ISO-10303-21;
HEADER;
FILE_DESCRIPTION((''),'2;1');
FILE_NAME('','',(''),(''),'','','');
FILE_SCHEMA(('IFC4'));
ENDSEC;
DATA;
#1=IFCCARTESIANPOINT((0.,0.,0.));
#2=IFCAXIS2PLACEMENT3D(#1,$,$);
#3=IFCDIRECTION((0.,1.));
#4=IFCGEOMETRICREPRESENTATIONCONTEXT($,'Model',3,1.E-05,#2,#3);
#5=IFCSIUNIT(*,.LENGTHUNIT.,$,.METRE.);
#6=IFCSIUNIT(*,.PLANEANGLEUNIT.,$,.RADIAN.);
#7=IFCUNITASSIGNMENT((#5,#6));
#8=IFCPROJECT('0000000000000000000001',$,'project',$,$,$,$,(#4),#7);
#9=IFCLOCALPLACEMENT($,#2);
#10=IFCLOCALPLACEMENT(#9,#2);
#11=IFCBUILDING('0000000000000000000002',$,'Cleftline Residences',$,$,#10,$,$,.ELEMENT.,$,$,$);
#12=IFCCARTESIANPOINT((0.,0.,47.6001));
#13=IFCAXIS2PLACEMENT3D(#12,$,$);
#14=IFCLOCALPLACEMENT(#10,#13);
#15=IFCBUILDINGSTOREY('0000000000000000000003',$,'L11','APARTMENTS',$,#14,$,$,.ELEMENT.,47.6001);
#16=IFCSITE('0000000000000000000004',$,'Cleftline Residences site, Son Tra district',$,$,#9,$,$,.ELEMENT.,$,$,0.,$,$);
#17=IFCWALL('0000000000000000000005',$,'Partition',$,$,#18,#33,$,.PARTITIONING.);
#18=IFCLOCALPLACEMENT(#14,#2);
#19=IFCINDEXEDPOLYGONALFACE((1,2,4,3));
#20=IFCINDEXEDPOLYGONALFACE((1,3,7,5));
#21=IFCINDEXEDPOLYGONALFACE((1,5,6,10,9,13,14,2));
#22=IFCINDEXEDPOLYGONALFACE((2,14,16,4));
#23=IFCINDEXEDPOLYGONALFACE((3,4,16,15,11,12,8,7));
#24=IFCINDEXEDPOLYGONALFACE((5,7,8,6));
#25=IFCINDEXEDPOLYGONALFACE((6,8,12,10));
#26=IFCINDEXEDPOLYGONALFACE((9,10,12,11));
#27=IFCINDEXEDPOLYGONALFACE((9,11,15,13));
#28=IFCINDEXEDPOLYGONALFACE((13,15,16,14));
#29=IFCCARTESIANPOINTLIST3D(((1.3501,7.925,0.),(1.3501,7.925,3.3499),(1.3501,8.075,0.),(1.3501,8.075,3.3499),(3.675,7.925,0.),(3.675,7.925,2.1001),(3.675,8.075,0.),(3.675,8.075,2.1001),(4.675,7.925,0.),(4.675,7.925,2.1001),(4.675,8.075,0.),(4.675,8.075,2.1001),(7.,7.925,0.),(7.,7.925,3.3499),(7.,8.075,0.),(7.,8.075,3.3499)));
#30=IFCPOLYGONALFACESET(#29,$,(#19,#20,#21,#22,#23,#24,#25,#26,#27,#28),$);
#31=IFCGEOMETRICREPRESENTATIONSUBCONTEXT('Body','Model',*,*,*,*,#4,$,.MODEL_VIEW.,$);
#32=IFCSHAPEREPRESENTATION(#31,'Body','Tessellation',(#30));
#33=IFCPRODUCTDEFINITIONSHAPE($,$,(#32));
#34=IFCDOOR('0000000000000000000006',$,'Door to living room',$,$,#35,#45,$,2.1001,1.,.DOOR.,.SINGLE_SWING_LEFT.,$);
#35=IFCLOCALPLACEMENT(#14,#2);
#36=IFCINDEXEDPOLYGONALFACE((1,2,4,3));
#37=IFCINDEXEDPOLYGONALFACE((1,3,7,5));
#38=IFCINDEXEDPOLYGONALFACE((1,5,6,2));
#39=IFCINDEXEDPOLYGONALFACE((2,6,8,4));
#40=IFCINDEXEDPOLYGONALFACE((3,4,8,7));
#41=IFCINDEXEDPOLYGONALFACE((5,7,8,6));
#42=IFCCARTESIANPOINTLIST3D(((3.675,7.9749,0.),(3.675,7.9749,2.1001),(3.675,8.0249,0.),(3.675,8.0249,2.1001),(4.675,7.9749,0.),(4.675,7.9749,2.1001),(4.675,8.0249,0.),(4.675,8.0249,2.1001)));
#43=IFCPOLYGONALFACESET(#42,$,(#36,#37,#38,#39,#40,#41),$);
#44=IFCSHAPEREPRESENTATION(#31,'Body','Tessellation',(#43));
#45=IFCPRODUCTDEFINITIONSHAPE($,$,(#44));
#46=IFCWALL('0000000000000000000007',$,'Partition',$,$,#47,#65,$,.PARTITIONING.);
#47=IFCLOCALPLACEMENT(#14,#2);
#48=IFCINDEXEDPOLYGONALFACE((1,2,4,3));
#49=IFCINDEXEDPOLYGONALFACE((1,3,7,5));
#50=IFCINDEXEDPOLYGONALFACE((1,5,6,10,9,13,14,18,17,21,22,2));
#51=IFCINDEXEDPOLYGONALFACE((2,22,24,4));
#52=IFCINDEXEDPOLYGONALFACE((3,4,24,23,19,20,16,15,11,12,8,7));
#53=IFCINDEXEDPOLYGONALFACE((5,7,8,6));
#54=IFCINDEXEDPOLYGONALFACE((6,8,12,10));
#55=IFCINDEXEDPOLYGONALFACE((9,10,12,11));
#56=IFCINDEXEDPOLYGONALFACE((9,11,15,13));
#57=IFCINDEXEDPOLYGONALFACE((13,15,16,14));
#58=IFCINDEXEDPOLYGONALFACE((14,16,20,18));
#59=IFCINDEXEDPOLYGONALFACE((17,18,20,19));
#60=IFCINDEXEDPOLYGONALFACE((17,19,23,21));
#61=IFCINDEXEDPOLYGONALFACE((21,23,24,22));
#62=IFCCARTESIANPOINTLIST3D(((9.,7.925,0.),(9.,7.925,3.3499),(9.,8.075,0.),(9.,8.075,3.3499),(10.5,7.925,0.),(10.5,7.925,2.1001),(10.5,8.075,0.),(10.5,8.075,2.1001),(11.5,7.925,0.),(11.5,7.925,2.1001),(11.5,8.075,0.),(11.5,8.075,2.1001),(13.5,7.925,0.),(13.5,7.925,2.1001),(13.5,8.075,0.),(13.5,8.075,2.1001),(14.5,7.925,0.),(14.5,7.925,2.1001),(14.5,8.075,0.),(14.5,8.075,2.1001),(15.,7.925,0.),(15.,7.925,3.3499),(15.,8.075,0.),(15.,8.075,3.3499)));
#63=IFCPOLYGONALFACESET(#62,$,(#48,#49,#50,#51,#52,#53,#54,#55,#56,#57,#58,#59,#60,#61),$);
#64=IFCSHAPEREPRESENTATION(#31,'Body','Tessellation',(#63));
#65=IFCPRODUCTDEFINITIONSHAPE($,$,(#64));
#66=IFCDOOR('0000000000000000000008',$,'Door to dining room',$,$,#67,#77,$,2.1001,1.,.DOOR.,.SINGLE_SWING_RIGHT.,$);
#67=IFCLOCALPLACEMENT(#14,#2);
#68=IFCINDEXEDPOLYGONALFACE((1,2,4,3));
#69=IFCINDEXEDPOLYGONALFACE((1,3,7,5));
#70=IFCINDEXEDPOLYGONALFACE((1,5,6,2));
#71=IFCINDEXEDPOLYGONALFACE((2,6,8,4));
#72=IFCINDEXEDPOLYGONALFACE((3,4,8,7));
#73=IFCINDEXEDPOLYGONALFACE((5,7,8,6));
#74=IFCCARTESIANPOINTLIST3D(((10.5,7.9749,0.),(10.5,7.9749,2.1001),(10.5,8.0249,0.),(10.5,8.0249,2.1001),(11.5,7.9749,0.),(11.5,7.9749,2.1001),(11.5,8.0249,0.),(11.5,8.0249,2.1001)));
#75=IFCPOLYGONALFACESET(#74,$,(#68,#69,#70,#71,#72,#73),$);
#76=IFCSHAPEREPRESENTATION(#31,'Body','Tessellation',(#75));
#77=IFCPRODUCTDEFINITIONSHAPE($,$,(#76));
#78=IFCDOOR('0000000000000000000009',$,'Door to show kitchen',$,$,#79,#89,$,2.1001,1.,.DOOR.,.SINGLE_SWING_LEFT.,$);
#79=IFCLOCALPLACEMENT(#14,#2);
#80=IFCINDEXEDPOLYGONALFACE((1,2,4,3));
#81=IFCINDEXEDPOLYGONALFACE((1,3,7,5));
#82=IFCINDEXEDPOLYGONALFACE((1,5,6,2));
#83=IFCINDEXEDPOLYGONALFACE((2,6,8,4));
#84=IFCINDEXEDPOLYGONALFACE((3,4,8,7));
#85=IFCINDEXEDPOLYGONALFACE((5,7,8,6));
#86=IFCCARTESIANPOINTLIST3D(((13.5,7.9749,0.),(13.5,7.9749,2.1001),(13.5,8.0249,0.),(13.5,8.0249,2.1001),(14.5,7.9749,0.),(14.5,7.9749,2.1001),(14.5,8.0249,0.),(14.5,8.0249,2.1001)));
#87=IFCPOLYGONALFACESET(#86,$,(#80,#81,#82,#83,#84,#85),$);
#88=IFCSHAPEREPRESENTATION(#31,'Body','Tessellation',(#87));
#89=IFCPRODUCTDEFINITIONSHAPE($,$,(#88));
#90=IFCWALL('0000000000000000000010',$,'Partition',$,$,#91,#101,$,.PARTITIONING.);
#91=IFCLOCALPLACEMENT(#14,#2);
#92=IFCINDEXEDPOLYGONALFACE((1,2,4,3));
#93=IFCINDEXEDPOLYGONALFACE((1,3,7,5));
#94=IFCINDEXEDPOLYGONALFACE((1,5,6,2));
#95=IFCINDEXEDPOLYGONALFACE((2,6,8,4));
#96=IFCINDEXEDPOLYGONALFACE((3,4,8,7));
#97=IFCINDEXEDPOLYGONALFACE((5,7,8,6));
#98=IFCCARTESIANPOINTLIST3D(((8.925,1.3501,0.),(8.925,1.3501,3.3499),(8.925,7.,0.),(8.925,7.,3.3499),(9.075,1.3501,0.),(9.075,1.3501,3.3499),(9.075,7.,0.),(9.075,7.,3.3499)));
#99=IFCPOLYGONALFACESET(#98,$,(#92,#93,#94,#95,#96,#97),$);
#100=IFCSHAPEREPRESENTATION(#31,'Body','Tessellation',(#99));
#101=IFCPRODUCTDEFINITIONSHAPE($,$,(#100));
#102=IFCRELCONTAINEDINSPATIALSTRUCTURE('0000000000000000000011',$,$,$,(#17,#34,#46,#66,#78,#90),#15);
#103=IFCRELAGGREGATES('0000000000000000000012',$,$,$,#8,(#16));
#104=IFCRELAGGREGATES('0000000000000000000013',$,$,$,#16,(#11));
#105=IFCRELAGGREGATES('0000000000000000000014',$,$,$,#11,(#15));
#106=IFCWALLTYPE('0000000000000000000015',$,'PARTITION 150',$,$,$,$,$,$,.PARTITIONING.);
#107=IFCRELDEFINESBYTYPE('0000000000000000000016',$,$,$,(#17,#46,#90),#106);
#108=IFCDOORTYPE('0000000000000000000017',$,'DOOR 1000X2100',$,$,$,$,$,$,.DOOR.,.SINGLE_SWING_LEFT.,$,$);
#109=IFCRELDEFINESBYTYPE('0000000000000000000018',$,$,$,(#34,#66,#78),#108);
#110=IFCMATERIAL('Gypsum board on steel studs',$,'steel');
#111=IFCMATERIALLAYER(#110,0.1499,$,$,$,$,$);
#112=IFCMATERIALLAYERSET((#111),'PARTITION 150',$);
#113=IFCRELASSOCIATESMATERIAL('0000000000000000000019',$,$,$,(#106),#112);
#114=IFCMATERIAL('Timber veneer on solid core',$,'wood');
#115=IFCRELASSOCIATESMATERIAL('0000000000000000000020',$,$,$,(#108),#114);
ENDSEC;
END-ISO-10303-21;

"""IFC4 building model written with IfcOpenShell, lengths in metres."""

from ifc_helpers import new_model, si_unit, direction, frame, frame_2d, origin, place, context, subcontext, project, spatial, rectangle, extrude, material, layer, layer_set, type_object, element, fill, save


model = new_model("IFC4")

# Units and contexts
model_context = context("Model", 3, precision=1e-05, world=origin(), true_north=direction((0.0, 1.0)))
body_context = subcontext(model_context, "Body", "Model", "MODEL_VIEW")
ifc_project = project(units=[si_unit("LENGTHUNIT", "METRE"), si_unit("PLANEANGLEUNIT", "RADIAN")], contexts=[model_context])

# Site, building, storey
site_placement = place(None, origin())
site = spatial("IfcSite", under=ifc_project, at=site_placement, Name="Cleftline Residences site, Son Tra district", CompositionType="ELEMENT", RefElevation=0.0)
building_placement = place(site_placement, origin())
building = spatial("IfcBuilding", under=site, at=building_placement, Name="Cleftline Residences", CompositionType="ELEMENT")
storey_placement = place(building_placement, frame((0.0, 0.0, 47.6001)))
storey = spatial("IfcBuildingStorey", under=building, at=storey_placement, Name="L11", Description="APARTMENTS", CompositionType="ELEMENT", Elevation=47.6001)

# Wall, opening, door
ifc_material_1 = material(Name="Gypsum board on steel studs", Category="steel")
ifc_layer_1 = layer(ifc_material_1, 0.1499)
ifc_layer_set_1 = layer_set([ifc_layer_1], Name="PARTITION 150")
wall_type_1 = type_object("IfcWallType", Name="PARTITION 150", PredefinedType="PARTITIONING", material=ifc_layer_set_1)
wall_1_placement = place(storey_placement, frame((1.3501, 8.0, 0.0), z_axis=(0.0, 0.0, 1.0), x_axis=(1.0, 0.0, 0.0)))
wall_1 = element("IfcWall", 1, at=wall_1_placement, inside=storey, type_object=wall_type_1, Name="Partition", PredefinedType="PARTITIONING", context=body_context, shape_type="SweptSolid", body=[
    extrude(rectangle(XDim=5.6499, YDim=0.1499, at=frame_2d((2.825, 0.0))), origin(), (0.0, 0.0, 1.0), 3.3499),
])
opening_1_placement = place(wall_1_placement, frame((2.325, 0.0, 0.0)))
opening_1 = element("IfcOpeningElement", 2, at=opening_1_placement, cuts=wall_1, PredefinedType="OPENING", context=body_context, shape_type="SweptSolid", body=[
    extrude(rectangle(XDim=1.0, YDim=2.1001, at=frame_2d((0.5, 1.05))), frame((0.0, 0.085, 0.0), z_axis=(0.0, -1.0, 0.0), x_axis=(1.0, 0.0, 0.0)), (0.0, 0.0, 1.0), 0.1699),
])
ifc_material_2 = material(Name="Timber veneer on solid core", Category="wood")
door_type = type_object("IfcDoorType", Name="DOOR 1000X2100", OperationType="SINGLE_SWING_LEFT", PredefinedType="DOOR", material=ifc_material_2)
door_1_placement = place(opening_1_placement, origin())
door_1 = element("IfcDoor", 3, at=door_1_placement, inside=storey, type_object=door_type, Name="Door to living room", OperationType="SINGLE_SWING_LEFT", OverallHeight=2.1001, OverallWidth=1.0, PredefinedType="DOOR", context=body_context, shape_type="SweptSolid", body=[
    extrude(rectangle(XDim=1.0, YDim=2.1001, at=frame_2d((0.5, 1.05))), frame((0.0, 0.0249, 0.0), z_axis=(0.0, -1.0, 0.0), x_axis=(1.0, 0.0, 0.0)), (0.0, 0.0, 1.0), 0.05),
])
fill(opening_1, door_1)

# Wall, openings, doors
wall_2_placement = place(storey_placement, frame((9.0, 8.0, 0.0), z_axis=(0.0, 0.0, 1.0), x_axis=(1.0, 0.0, 0.0)))
wall_2 = element("IfcWall", 4, at=wall_2_placement, inside=storey, type_object=wall_type_1, Name="Partition", PredefinedType="PARTITIONING", context=body_context, shape_type="SweptSolid", body=[
    extrude(rectangle(XDim=6.0, YDim=0.1499, at=frame_2d((3.0, 0.0))), origin(), (0.0, 0.0, 1.0), 3.3499),
])
opening_2_placement = place(wall_2_placement, frame((1.5, 0.0, 0.0)))
opening_2 = element("IfcOpeningElement", 5, at=opening_2_placement, cuts=wall_2, PredefinedType="OPENING", context=body_context, shape_type="SweptSolid", body=[
    extrude(rectangle(XDim=1.0, YDim=2.1001, at=frame_2d((0.5, 1.05))), frame((0.0, 0.085, 0.0), z_axis=(0.0, -1.0, 0.0), x_axis=(1.0, 0.0, 0.0)), (0.0, 0.0, 1.0), 0.1699),
])
opening_3_placement = place(wall_2_placement, frame((4.5, 0.0, 0.0)))
opening_3 = element("IfcOpeningElement", 6, at=opening_3_placement, cuts=wall_2, PredefinedType="OPENING", context=body_context, shape_type="SweptSolid", body=[
    extrude(rectangle(XDim=1.0, YDim=2.1001, at=frame_2d((0.5, 1.05))), frame((0.0, 0.085, 0.0), z_axis=(0.0, -1.0, 0.0), x_axis=(1.0, 0.0, 0.0)), (0.0, 0.0, 1.0), 0.1699),
])
door_2_placement = place(opening_2_placement, origin())
door_2 = element("IfcDoor", 7, at=door_2_placement, inside=storey, type_object=door_type, Name="Door to dining room", OperationType="SINGLE_SWING_RIGHT", OverallHeight=2.1001, OverallWidth=1.0, PredefinedType="DOOR", context=body_context, shape_type="SweptSolid", body=[
    extrude(rectangle(XDim=1.0, YDim=2.1001, at=frame_2d((0.5, 1.05))), frame((0.0, 0.0249, 0.0), z_axis=(0.0, -1.0, 0.0), x_axis=(1.0, 0.0, 0.0)), (0.0, 0.0, 1.0), 0.05),
])
fill(opening_2, door_2)
door_3_placement = place(opening_3_placement, origin())
door_3 = element("IfcDoor", 8, at=door_3_placement, inside=storey, type_object=door_type, Name="Door to show kitchen", OperationType="SINGLE_SWING_LEFT", OverallHeight=2.1001, OverallWidth=1.0, PredefinedType="DOOR", context=body_context, shape_type="SweptSolid", body=[
    extrude(rectangle(XDim=1.0, YDim=2.1001, at=frame_2d((0.5, 1.05))), frame((0.0, 0.0249, 0.0), z_axis=(0.0, -1.0, 0.0), x_axis=(1.0, 0.0, 0.0)), (0.0, 0.0, 1.0), 0.05),
])
fill(opening_3, door_3)

# Wall
wall_3_placement = place(storey_placement, frame((9.0, 1.3501, 0.0), z_axis=(0.0, 0.0, 1.0), x_axis=(0.0, 1.0, 0.0)))
element("IfcWall", 9, at=wall_3_placement, inside=storey, type_object=wall_type_1, Name="Partition", PredefinedType="PARTITIONING", context=body_context, shape_type="SweptSolid", body=[
    extrude(rectangle(XDim=5.6499, YDim=0.1499, at=frame_2d((2.825, 0.0))), origin(), (0.0, 0.0, 1.0), 3.3499),
])

save(model, "model.ifc")
